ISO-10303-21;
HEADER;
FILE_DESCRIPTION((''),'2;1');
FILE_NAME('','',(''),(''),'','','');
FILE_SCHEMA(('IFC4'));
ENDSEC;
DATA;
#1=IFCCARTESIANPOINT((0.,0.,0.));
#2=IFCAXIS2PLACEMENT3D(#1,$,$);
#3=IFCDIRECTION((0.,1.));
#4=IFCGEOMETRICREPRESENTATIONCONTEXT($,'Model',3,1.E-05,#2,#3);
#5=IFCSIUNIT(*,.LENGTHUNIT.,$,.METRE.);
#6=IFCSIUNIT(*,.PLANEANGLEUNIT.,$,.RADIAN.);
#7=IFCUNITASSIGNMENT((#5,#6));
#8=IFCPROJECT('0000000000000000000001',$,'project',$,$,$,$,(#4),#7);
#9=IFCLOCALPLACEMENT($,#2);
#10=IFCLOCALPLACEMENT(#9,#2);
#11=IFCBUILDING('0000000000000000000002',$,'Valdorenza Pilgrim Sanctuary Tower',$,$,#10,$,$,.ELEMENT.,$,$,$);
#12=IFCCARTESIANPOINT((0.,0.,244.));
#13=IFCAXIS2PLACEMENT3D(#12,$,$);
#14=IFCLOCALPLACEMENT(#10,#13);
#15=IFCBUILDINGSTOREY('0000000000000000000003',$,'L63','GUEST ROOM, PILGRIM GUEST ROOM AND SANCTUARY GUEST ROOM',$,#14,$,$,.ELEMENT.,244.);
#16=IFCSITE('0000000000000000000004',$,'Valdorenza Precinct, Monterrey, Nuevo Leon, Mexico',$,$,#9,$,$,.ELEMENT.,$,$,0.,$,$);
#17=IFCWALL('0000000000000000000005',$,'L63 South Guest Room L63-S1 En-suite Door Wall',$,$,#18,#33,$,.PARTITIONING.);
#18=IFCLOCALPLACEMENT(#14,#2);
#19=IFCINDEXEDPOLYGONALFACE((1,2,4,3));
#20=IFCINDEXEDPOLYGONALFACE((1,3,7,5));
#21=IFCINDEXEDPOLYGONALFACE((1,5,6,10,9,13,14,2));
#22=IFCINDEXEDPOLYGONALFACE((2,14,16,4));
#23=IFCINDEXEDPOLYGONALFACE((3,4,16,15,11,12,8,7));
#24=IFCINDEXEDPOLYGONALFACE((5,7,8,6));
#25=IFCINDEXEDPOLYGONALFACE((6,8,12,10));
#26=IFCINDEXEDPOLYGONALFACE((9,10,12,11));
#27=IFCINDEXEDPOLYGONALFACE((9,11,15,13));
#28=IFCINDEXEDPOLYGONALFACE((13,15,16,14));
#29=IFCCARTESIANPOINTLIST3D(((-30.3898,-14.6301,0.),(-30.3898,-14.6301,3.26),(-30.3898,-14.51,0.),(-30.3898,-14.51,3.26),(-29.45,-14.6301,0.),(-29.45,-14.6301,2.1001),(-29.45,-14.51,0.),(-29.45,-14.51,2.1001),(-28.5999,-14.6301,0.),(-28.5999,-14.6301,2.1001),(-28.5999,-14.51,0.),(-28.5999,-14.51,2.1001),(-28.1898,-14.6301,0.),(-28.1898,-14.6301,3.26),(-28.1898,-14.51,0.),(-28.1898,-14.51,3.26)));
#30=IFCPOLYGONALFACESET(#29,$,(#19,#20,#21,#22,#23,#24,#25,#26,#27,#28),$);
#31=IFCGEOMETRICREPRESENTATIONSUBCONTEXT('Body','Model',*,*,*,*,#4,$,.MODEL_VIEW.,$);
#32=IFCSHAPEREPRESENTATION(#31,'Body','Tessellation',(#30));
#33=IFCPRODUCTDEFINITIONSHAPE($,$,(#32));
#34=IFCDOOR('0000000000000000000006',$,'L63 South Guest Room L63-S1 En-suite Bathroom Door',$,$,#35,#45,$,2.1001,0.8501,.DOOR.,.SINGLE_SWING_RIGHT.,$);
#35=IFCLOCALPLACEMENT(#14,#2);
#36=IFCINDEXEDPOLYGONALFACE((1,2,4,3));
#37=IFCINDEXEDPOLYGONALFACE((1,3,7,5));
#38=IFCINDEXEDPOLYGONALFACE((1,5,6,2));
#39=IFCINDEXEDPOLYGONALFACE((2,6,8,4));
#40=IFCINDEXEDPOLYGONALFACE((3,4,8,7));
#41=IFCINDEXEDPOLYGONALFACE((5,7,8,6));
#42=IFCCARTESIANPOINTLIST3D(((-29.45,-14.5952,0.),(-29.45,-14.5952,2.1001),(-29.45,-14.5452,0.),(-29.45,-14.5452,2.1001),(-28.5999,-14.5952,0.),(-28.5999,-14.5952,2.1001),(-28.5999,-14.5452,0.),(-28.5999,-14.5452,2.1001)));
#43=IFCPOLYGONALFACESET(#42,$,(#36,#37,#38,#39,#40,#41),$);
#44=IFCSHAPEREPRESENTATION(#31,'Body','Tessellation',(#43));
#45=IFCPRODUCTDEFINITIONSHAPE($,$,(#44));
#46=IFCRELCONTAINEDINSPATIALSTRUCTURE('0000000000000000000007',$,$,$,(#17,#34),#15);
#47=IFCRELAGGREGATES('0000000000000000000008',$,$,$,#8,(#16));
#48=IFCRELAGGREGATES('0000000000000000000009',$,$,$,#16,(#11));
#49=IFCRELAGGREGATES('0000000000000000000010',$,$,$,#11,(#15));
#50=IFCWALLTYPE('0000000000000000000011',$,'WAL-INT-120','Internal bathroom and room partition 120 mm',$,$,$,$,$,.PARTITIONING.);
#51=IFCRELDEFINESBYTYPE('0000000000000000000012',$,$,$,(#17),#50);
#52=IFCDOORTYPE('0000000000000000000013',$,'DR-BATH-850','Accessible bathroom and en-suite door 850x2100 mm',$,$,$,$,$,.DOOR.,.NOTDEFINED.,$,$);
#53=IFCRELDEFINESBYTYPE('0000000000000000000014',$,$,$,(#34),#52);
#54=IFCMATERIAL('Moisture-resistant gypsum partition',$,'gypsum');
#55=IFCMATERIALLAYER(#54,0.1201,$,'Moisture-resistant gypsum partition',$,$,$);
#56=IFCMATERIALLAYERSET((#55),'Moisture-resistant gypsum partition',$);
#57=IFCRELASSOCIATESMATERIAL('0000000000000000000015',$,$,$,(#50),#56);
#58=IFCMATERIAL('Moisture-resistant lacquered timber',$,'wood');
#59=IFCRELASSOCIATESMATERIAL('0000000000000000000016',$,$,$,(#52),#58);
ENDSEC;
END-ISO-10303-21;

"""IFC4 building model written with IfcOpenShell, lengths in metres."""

from ifc_helpers import new_model, si_unit, direction, frame, frame_2d, origin, place, context, subcontext, project, spatial, rectangle, extrude, material, layer, layer_set, type_object, element, fill, save


model = new_model("IFC4")

# Units and contexts
model_context = context("Model", 3, precision=1e-05, world=origin(), true_north=direction((0.0, 1.0)))
body_context = subcontext(model_context, "Body", "Model", "MODEL_VIEW")
ifc_project = project(units=[si_unit("LENGTHUNIT", "METRE"), si_unit("PLANEANGLEUNIT", "RADIAN")], contexts=[model_context])

# Site, building, storey
site_placement = place(None, origin())
site = spatial("IfcSite", under=ifc_project, at=site_placement, Name="Valdorenza Precinct, Monterrey, Nuevo Leon, Mexico", CompositionType="ELEMENT", RefElevation=0.0)
building_placement = place(site_placement, origin())
building = spatial("IfcBuilding", under=site, at=building_placement, Name="Valdorenza Pilgrim Sanctuary Tower", CompositionType="ELEMENT")
storey_placement = place(building_placement, frame((0.0, 0.0, 244.0)))
storey = spatial("IfcBuildingStorey", under=building, at=storey_placement, Name="L63", Description="GUEST ROOM, PILGRIM GUEST ROOM AND SANCTUARY GUEST ROOM", CompositionType="ELEMENT", Elevation=244.0)

# Wall, opening, door
ifc_material_1 = material(Name="Moisture-resistant gypsum partition", Category="gypsum")
ifc_layer_1 = layer(ifc_material_1, 0.1201, Name="Moisture-resistant gypsum partition")
ifc_layer_set_1 = layer_set([ifc_layer_1], Name="Moisture-resistant gypsum partition")
wall_type_1 = type_object("IfcWallType", Name="WAL-INT-120", Description="Internal bathroom and room partition 120 mm", PredefinedType="PARTITIONING", material=ifc_layer_set_1)
wall_1_placement = place(storey_placement, frame((-30.3899, -14.5701, 0.0), z_axis=(0.0, 0.0, 1.0), x_axis=(1.0, 0.0, 0.0)))
wall_1 = element("IfcWall", 1, at=wall_1_placement, inside=storey, type_object=wall_type_1, Name="L63 South Guest Room L63-S1 En-suite Door Wall", PredefinedType="PARTITIONING", context=body_context, shape_type="SweptSolid", body=[
    extrude(rectangle(XDim=2.2, YDim=0.1201, at=frame_2d((1.1001, 0.0))), origin(), (0.0, 0.0, 1.0), 3.26),
])
opening_1_placement = place(wall_1_placement, frame((0.9399, 0.0, 0.0)))
opening_1 = element("IfcOpeningElement", 2, at=opening_1_placement, cuts=wall_1, PredefinedType="OPENING", context=body_context, shape_type="SweptSolid", body=[
    extrude(rectangle(XDim=0.8501, YDim=2.1001, at=frame_2d((0.425, 1.05))), frame((0.0, 0.075, 0.0), z_axis=(0.0, -1.0, 0.0), x_axis=(1.0, 0.0, 0.0)), (0.0, 0.0, 1.0), 0.1499),
])
ifc_material_2 = material(Name="Moisture-resistant lacquered timber", Category="wood")
door_type_1 = type_object("IfcDoorType", Name="DR-BATH-850", Description="Accessible bathroom and en-suite door 850x2100 mm", OperationType="NOTDEFINED", PredefinedType="DOOR", material=ifc_material_2)
door_1_placement = place(opening_1_placement, origin())
door_1 = element("IfcDoor", 3, at=door_1_placement, inside=storey, type_object=door_type_1, Name="L63 South Guest Room L63-S1 En-suite Bathroom Door", OperationType="SINGLE_SWING_RIGHT", OverallHeight=2.1001, OverallWidth=0.8501, PredefinedType="DOOR", context=body_context, shape_type="SweptSolid", body=[
    extrude(rectangle(XDim=0.8501, YDim=2.1001, at=frame_2d((0.425, 1.05))), frame((0.0, 0.0249, 0.0), z_axis=(0.0, -1.0, 0.0), x_axis=(1.0, 0.0, 0.0)), (0.0, 0.0, 1.0), 0.05),
])
fill(opening_1, door_1)

save(model, "model.ifc")
